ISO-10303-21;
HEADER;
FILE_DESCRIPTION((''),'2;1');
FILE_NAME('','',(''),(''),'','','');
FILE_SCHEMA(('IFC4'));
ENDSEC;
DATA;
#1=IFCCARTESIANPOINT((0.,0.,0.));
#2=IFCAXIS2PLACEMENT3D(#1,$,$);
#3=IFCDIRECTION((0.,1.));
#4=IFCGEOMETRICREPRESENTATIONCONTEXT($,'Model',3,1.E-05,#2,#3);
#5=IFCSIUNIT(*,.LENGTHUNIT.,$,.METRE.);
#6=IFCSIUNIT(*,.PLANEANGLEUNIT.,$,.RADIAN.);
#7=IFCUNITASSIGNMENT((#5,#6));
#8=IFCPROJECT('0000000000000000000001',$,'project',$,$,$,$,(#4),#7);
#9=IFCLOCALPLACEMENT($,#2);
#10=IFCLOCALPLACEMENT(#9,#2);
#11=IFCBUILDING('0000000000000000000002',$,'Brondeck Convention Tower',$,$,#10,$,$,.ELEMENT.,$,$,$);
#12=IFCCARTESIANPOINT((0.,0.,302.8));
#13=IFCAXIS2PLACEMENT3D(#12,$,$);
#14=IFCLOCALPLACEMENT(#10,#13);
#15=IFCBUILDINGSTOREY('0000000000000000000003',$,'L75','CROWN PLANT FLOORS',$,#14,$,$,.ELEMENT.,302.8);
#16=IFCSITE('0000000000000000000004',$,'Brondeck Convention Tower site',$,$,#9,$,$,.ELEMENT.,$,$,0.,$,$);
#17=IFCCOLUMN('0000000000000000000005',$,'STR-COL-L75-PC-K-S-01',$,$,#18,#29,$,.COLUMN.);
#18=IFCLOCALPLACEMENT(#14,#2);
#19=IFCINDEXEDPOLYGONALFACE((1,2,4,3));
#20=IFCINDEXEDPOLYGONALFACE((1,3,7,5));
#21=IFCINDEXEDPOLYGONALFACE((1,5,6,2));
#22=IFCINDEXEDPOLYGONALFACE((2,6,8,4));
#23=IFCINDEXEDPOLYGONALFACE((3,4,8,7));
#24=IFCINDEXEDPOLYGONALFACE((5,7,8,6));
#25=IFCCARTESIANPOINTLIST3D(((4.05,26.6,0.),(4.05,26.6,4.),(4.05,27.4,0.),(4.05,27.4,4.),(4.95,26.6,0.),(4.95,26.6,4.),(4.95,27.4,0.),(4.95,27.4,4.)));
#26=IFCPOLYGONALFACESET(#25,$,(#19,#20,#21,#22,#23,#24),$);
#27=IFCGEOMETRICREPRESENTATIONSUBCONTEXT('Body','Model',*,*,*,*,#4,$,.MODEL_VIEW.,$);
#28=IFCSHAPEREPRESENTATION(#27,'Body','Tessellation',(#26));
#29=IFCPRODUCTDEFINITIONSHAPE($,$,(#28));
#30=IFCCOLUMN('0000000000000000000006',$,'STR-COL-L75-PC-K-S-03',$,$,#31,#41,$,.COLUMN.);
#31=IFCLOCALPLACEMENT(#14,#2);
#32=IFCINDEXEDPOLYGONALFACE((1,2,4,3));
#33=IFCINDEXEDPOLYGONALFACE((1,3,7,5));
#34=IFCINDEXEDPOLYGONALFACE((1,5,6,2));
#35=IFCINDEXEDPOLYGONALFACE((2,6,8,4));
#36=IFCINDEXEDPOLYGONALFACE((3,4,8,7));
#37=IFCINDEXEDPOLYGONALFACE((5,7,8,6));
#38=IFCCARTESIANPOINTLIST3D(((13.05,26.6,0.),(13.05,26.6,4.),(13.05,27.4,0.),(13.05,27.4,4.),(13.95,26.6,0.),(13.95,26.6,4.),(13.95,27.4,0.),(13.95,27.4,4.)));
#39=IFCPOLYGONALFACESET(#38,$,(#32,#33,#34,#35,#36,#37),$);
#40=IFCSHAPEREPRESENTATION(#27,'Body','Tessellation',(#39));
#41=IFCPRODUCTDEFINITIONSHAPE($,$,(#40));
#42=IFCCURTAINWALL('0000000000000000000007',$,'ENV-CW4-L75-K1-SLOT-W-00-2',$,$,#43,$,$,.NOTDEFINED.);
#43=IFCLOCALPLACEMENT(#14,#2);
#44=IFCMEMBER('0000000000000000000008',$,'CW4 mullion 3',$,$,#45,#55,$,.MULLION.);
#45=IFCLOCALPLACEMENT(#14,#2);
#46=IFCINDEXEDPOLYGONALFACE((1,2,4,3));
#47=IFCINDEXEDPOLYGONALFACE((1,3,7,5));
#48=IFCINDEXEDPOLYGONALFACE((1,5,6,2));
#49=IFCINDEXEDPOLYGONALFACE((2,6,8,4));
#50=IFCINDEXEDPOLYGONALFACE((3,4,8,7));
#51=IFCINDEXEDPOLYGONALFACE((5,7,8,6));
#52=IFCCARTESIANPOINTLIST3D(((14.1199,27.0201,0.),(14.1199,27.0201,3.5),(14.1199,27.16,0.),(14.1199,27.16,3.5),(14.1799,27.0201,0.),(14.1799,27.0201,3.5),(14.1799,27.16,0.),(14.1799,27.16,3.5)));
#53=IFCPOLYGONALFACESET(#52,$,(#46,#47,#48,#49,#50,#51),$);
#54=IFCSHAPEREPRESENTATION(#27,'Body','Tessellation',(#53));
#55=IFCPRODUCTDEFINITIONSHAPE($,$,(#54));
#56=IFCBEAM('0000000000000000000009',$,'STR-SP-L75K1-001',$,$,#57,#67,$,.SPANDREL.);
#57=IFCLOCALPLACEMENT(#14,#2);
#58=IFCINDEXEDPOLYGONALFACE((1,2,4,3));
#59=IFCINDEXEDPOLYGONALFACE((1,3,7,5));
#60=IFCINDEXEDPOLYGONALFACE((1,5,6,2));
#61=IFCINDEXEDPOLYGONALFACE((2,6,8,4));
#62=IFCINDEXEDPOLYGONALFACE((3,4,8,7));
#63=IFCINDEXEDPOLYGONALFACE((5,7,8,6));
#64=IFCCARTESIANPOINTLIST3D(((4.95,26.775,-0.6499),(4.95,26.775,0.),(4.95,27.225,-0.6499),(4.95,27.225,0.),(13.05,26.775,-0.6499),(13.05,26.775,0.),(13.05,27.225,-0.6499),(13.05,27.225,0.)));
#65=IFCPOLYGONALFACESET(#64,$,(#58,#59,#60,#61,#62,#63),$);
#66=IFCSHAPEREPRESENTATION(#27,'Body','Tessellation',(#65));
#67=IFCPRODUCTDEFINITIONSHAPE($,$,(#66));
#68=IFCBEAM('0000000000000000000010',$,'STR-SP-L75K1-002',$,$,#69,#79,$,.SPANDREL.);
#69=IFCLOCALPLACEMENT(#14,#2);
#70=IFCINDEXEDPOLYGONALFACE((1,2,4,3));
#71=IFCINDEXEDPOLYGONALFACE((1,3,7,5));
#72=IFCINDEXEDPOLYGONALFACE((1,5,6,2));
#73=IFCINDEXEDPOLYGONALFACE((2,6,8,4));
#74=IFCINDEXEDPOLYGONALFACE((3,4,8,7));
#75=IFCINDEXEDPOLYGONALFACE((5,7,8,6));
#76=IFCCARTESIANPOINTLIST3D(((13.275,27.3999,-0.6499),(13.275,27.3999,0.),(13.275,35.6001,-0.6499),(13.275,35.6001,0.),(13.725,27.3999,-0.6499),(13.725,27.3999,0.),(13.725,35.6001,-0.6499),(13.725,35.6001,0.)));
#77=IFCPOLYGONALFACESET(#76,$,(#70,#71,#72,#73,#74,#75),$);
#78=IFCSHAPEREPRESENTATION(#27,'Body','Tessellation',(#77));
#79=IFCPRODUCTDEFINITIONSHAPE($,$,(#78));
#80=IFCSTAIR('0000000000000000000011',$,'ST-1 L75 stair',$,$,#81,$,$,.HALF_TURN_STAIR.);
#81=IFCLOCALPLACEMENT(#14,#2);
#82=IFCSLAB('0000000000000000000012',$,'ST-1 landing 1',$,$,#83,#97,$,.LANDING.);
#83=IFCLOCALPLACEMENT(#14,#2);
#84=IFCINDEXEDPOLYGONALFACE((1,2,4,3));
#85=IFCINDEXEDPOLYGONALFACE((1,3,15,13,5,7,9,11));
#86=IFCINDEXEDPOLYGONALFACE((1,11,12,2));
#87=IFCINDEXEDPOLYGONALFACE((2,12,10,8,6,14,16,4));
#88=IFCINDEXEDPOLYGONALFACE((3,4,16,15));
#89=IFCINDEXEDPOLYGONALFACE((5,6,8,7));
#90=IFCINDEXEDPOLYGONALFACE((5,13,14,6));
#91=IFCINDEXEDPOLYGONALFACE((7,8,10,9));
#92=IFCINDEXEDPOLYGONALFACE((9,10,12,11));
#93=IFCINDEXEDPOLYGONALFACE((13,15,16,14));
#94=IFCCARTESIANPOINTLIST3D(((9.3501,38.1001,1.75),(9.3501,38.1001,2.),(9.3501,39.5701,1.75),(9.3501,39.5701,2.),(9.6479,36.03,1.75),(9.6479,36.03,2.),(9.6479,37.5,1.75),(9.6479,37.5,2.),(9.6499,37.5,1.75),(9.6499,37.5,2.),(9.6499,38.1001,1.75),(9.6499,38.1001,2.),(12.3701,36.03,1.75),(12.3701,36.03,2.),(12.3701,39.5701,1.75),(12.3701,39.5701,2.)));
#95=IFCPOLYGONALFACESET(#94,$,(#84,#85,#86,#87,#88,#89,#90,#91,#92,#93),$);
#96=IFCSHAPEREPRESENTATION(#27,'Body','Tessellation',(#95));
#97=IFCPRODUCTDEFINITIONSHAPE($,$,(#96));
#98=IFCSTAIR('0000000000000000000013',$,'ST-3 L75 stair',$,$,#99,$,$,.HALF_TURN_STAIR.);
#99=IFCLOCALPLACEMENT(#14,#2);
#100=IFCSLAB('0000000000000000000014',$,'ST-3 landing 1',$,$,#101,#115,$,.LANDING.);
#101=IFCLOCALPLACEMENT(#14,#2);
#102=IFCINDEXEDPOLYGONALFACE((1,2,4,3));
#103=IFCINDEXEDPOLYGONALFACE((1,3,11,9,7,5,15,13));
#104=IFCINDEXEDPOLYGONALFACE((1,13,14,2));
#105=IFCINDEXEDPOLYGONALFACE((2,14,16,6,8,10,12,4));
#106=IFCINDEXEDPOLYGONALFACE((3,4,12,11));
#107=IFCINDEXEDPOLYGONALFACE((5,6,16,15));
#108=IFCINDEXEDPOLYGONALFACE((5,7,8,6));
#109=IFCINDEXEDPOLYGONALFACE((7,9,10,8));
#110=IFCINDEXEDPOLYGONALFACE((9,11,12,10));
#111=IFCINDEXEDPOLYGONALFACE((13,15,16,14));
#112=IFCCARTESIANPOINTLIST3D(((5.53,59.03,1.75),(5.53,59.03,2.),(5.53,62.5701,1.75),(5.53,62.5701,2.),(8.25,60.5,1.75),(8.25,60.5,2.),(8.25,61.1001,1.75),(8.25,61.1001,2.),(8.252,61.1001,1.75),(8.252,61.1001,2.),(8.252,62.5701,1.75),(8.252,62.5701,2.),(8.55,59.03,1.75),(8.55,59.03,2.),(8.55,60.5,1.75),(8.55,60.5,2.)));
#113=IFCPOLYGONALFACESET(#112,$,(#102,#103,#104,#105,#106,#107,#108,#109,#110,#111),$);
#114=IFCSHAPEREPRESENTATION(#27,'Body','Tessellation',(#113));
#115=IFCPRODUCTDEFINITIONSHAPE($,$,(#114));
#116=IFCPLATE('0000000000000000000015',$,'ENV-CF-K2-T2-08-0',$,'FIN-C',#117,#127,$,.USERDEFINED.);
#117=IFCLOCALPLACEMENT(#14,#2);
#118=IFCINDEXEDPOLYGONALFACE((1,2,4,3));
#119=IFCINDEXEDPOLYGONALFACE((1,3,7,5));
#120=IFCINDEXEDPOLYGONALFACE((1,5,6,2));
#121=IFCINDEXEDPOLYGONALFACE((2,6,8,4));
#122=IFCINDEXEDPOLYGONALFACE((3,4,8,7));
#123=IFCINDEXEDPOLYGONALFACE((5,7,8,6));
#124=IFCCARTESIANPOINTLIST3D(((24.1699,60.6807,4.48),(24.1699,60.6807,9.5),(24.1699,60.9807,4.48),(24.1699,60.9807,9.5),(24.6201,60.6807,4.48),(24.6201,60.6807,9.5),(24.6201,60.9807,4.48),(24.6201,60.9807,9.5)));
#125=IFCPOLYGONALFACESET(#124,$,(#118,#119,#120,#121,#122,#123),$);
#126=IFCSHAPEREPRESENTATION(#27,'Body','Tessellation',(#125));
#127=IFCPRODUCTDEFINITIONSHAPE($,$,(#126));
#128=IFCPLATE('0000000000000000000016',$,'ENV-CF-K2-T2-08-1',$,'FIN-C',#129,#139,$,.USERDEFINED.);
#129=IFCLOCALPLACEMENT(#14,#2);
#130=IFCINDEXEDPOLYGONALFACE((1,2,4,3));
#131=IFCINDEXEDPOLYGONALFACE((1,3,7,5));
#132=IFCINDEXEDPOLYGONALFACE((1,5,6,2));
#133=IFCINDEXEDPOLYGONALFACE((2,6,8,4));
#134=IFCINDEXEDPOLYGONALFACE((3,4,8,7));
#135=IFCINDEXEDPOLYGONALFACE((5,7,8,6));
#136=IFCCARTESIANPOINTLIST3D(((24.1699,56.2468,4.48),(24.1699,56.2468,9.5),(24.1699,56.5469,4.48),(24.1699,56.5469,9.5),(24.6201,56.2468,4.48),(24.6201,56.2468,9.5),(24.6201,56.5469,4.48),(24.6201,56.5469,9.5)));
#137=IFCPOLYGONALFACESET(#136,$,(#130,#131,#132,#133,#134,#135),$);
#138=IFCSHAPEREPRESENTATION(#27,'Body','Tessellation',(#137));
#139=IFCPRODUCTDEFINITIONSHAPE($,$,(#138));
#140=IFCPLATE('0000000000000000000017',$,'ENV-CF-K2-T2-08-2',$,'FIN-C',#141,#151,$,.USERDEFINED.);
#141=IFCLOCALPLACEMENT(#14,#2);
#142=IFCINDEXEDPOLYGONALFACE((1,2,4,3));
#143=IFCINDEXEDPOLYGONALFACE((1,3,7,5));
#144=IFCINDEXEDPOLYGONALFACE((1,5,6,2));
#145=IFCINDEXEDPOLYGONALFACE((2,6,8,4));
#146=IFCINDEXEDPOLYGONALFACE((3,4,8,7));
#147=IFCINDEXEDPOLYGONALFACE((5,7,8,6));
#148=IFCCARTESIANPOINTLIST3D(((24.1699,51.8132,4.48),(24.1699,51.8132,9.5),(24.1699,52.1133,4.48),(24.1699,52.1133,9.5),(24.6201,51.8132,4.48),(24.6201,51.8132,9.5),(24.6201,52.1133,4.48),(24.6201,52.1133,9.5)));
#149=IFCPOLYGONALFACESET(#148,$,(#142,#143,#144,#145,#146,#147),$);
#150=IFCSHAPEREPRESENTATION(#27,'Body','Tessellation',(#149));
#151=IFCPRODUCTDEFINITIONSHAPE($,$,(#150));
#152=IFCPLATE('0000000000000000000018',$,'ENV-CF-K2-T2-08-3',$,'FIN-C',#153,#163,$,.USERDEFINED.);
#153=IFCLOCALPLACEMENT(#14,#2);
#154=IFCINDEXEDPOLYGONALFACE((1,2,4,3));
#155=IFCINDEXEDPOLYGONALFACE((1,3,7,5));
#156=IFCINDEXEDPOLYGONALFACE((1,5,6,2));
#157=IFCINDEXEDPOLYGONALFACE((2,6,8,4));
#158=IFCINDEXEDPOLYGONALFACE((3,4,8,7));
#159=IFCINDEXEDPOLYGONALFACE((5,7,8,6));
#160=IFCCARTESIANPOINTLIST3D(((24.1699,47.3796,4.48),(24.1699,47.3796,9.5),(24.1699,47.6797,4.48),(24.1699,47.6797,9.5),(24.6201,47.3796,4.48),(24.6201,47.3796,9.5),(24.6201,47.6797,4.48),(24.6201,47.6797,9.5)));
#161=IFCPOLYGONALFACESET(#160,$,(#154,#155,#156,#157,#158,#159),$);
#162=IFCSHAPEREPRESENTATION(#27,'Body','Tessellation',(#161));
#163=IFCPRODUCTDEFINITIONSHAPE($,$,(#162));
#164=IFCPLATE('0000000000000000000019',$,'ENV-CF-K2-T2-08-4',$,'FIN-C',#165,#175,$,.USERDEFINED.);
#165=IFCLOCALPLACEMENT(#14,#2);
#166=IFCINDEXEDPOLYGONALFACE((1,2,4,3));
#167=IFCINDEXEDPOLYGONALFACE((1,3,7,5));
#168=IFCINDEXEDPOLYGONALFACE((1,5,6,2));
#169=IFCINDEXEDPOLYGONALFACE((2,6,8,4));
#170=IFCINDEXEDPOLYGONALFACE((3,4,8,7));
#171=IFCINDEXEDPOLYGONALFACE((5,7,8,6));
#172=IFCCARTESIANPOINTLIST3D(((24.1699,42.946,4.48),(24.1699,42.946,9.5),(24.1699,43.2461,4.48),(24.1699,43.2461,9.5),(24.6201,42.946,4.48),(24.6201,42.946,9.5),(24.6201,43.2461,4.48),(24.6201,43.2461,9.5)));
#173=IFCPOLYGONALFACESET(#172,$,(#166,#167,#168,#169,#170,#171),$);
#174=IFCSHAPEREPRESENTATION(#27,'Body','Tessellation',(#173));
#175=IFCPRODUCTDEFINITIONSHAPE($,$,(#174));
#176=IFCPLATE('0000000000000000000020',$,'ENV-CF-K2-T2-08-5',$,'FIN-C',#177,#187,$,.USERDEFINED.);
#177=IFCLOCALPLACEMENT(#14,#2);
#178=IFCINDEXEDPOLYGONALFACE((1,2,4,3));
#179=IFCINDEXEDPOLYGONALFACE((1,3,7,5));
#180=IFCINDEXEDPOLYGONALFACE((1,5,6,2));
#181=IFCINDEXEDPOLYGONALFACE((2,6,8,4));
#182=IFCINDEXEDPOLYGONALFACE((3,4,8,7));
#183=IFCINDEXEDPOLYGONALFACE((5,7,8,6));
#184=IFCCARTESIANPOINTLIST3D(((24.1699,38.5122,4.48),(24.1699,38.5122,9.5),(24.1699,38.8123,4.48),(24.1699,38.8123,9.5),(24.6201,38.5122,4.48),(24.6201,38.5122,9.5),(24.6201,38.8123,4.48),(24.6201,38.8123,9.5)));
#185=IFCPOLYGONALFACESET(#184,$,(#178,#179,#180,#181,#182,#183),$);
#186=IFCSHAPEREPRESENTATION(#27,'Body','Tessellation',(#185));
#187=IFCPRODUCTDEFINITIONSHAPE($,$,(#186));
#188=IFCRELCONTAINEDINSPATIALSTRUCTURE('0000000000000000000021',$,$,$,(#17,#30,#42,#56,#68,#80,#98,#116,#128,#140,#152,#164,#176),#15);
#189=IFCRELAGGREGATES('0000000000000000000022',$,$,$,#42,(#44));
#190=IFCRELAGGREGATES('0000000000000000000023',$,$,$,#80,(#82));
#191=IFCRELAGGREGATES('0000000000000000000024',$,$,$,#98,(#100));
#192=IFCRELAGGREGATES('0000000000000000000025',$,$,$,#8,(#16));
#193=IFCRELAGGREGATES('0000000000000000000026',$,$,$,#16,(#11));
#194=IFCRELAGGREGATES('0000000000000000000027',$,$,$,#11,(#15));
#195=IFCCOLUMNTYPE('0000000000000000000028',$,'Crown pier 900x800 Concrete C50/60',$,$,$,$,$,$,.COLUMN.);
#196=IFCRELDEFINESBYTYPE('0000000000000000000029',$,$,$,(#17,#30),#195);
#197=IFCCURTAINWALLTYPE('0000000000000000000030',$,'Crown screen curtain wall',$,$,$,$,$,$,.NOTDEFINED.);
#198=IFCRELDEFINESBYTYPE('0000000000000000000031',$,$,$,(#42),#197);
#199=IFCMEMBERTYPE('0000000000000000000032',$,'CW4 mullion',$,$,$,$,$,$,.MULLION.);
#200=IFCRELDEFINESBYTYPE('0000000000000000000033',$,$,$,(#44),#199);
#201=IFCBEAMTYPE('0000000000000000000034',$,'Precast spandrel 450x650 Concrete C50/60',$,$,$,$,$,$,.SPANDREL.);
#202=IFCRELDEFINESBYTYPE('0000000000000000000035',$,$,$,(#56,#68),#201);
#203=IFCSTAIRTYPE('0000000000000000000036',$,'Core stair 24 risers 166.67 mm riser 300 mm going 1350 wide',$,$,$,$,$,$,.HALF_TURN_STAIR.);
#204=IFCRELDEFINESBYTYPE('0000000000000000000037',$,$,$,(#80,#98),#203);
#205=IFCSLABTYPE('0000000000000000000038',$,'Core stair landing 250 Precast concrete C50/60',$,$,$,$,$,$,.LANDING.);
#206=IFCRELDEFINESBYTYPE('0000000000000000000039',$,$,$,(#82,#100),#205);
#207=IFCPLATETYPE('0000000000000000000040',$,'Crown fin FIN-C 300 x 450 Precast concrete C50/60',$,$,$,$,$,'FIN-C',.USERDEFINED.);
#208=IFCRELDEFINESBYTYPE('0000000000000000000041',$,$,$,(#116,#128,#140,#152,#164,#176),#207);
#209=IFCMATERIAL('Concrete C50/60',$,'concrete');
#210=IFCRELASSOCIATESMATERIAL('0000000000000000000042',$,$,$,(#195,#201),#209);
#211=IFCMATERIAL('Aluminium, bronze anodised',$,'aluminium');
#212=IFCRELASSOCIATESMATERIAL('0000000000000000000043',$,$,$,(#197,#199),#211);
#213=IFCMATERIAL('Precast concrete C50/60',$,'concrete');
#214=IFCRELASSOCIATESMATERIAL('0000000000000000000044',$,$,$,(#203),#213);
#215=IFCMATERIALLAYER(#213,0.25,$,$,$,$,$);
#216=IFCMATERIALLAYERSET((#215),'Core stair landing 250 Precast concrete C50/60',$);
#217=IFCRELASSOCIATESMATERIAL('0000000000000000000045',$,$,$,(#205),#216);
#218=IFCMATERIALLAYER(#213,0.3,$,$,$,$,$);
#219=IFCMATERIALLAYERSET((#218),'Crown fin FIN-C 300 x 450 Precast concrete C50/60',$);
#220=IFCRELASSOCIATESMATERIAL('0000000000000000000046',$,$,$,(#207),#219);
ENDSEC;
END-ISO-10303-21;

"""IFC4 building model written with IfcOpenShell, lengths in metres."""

from ifc_helpers import new_model, si_unit, direction, frame, origin, origin_2d, place, context, subcontext, project, spatial, polyline, rectangle, outline, extrude, material, layer, layer_set, material_profile, profile_set, type_object, element, aggregate, save


model = new_model("IFC4")

# Units and contexts
model_context = context("Model", 3, precision=1e-05, world=origin(), true_north=direction((0.0, 1.0)))
body_context = subcontext(model_context, "Body", "Model", "MODEL_VIEW")
ifc_project = project(units=[si_unit("LENGTHUNIT", "METRE"), si_unit("PLANEANGLEUNIT", "RADIAN")], contexts=[model_context])

# Site, building, storey
site_placement = place(None, origin())
site = spatial("IfcSite", under=ifc_project, at=site_placement, Name="Brondeck Convention Tower site", CompositionType="ELEMENT", RefElevation=0.0)
building_placement = place(site_placement, origin())
building = spatial("IfcBuilding", under=site, at=building_placement, Name="Brondeck Convention Tower", CompositionType="ELEMENT")
storey_placement = place(building_placement, frame((0.0, 0.0, 302.8)))
storey = spatial("IfcBuildingStorey", under=building, at=storey_placement, Name="L75", Description="CROWN PLANT FLOORS", CompositionType="ELEMENT", Elevation=302.8)

# Columns
ifc_material_1 = material(Name="Concrete C50/60", Category="concrete")
ifc_material_profile_1 = material_profile(ifc_material_1, rectangle(XDim=0.8999, YDim=0.8, at=origin_2d()), Name="Crown pier 900x800 Concrete C50/60")
ifc_profile_set_1 = profile_set([ifc_material_profile_1], Name="Concrete C50/60")
column_type = type_object("IfcColumnType", Name="Crown pier 900x800 Concrete C50/60", PredefinedType="COLUMN", material=ifc_profile_set_1)
for number, where, z_axis, x_axis, name in (
    (1, (4.5, 27.0, 0.0), (0.0, 0.0, 1.0), (1.0, 0.0, 0.0), "STR-COL-L75-PC-K-S-01"),
    (2, (13.5, 27.0, 0.0), (0.0, 0.0, 1.0), (1.0, 0.0, 0.0), "STR-COL-L75-PC-K-S-03"),
):
    element("IfcColumn", number, at=place(storey_placement, frame(where, z_axis=z_axis, x_axis=x_axis)), inside=storey, type_object=column_type, Name=name, PredefinedType="COLUMN", context=body_context, shape_type="SweptSolid", body=[
        extrude(rectangle(XDim=0.8999, YDim=0.8, at=origin_2d()), origin(), (0.0, 0.0, 1.0), 4.0),
    ])

# Curtain wall, member
ifc_material_2 = material(Name="Aluminium, bronze anodised", Category="aluminium")
curtain_wall_type = type_object("IfcCurtainWallType", Name="Crown screen curtain wall", PredefinedType="NOTDEFINED", material=ifc_material_2)
curtain_wall_placement = place(storey_placement, origin())
curtain_wall = element("IfcCurtainWall", 3, at=curtain_wall_placement, inside=storey, type_object=curtain_wall_type, Name="ENV-CW4-L75-K1-SLOT-W-00-2", PredefinedType="NOTDEFINED")
ifc_material_profile_2 = material_profile(ifc_material_2, rectangle(XDim=0.0601, YDim=0.1399, at=origin_2d()), Name="CW4 mullion")
ifc_profile_set_2 = profile_set([ifc_material_profile_2], Name="Aluminium, bronze anodised")
member_type = type_object("IfcMemberType", Name="CW4 mullion", PredefinedType="MULLION", material=ifc_profile_set_2)
member_placement = place(storey_placement, frame((14.1499, 27.0901, 0.0), z_axis=(0.0, 0.0, 1.0), x_axis=(1.0, 0.0, 0.0)))
member = element("IfcMember", 4, at=member_placement, type_object=member_type, Name="CW4 mullion 3", PredefinedType="MULLION", context=body_context, shape_type="SweptSolid", body=[
    extrude(rectangle(XDim=0.0601, YDim=0.1399, at=origin_2d()), origin(), (0.0, 0.0, 1.0), 3.5),
])
aggregate(curtain_wall, [member])

# Beams
ifc_material_profile_3 = material_profile(ifc_material_1, rectangle(XDim=0.45, YDim=0.6499, at=origin_2d()), Name="Precast spandrel 450x650 Concrete C50/60")
ifc_profile_set_3 = profile_set([ifc_material_profile_3], Name="Concrete C50/60")
beam_type = type_object("IfcBeamType", Name="Precast spandrel 450x650 Concrete C50/60", PredefinedType="SPANDREL", material=ifc_profile_set_3)
beam_1_placement = place(storey_placement, frame((4.95, 27.0, -0.325), z_axis=(1.0, 0.0, 0.0), x_axis=(0.0, 1.0, 0.0)))
element("IfcBeam", 5, at=beam_1_placement, inside=storey, type_object=beam_type, Name="STR-SP-L75K1-001", PredefinedType="SPANDREL", context=body_context, shape_type="SweptSolid", body=[
    extrude(rectangle(XDim=0.45, YDim=0.6499, at=origin_2d()), origin(), (0.0, 0.0, 1.0), 8.1001),
])
beam_2_placement = place(storey_placement, frame((13.5, 27.3999, -0.325), z_axis=(0.0, 1.0, 0.0), x_axis=(-1.0, 0.0, 0.0)))
element("IfcBeam", 6, at=beam_2_placement, inside=storey, type_object=beam_type, Name="STR-SP-L75K1-002", PredefinedType="SPANDREL", context=body_context, shape_type="SweptSolid", body=[
    extrude(rectangle(XDim=0.45, YDim=0.6499, at=origin_2d()), origin(), (0.0, 0.0, 1.0), 8.2002),
])

# Stairs, slabs
ifc_material_3 = material(Name="Precast concrete C50/60", Category="concrete")
stair_type = type_object("IfcStairType", Name="Core stair 24 risers 166.67 mm riser 300 mm going 1350 wide", PredefinedType="HALF_TURN_STAIR", material=ifc_material_3)
stair_1_placement = place(storey_placement, origin())
stair_1 = element("IfcStair", 7, at=stair_1_placement, inside=storey, type_object=stair_type, Name="ST-1 L75 stair", PredefinedType="HALF_TURN_STAIR")
ifc_layer_1 = layer(ifc_material_3, 0.25)
ifc_layer_set_1 = layer_set([ifc_layer_1], Name="Core stair landing 250 Precast concrete C50/60")
slab_type = type_object("IfcSlabType", Name="Core stair landing 250 Precast concrete C50/60", PredefinedType="LANDING", material=ifc_layer_set_1)
slab_1_placement = place(storey_placement, frame((0.0, 0.0, 1.75)))
slab_1 = element("IfcSlab", 8, at=slab_1_placement, type_object=slab_type, Name="ST-1 landing 1", PredefinedType="LANDING", context=body_context, shape_type="SweptSolid", body=[
    extrude(outline(polyline([(9.6479, 37.5), (9.6499, 37.5), (9.6499, 38.1001), (9.3501, 38.1001), (9.3501, 39.5701), (12.3701, 39.5701), (12.3701, 36.03), (9.6479, 36.03), (9.6479, 37.5)])), origin(), (0.0, 0.0, 1.0), 0.25),
])
aggregate(stair_1, [slab_1])
stair_2_placement = place(storey_placement, origin())
stair_2 = element("IfcStair", 9, at=stair_2_placement, inside=storey, type_object=stair_type, Name="ST-3 L75 stair", PredefinedType="HALF_TURN_STAIR")
slab_2_placement = place(storey_placement, frame((0.0, 0.0, 1.75)))
slab_2 = element("IfcSlab", 10, at=slab_2_placement, type_object=slab_type, Name="ST-3 landing 1", PredefinedType="LANDING", context=body_context, shape_type="SweptSolid", body=[
    extrude(outline(polyline([(8.55, 60.5), (8.55, 59.03), (5.53, 59.03), (5.53, 62.5701), (8.252, 62.5701), (8.252, 61.1001), (8.25, 61.1001), (8.25, 60.5), (8.55, 60.5)])), origin(), (0.0, 0.0, 1.0), 0.25),
])
aggregate(stair_2, [slab_2])

# Plates
ifc_layer_2 = layer(ifc_material_3, 0.3)
ifc_layer_set_2 = layer_set([ifc_layer_2], Name="Crown fin FIN-C 300 x 450 Precast concrete C50/60")
plate_type = type_object("IfcPlateType", Name="Crown fin FIN-C 300 x 450 Precast concrete C50/60", ElementType="FIN-C", PredefinedType="USERDEFINED", material=ifc_layer_set_2)
plate_1_placement = place(storey_placement, frame((0.0, 0.0, 4.48)))
element("IfcPlate", 11, at=plate_1_placement, inside=storey, type_object=plate_type, Name="ENV-CF-K2-T2-08-0", ObjectType="FIN-C", PredefinedType="USERDEFINED", context=body_context, shape_type="SweptSolid", body=[
    extrude(outline(polyline([(24.6201, 60.6807), (24.6201, 60.9807), (24.1699, 60.9807), (24.1699, 60.6807), (24.6201, 60.6807)])), origin(), (0.0, 0.0, 1.0), 5.02),
])
plate_2_placement = place(storey_placement, frame((0.0, 0.0, 4.48)))
element("IfcPlate", 12, at=plate_2_placement, inside=storey, type_object=plate_type, Name="ENV-CF-K2-T2-08-1", ObjectType="FIN-C", PredefinedType="USERDEFINED", context=body_context, shape_type="SweptSolid", body=[
    extrude(outline(polyline([(24.6201, 56.2468), (24.6201, 56.5469), (24.1699, 56.5469), (24.1699, 56.2468), (24.6201, 56.2468)])), origin(), (0.0, 0.0, 1.0), 5.02),
])
plate_3_placement = place(storey_placement, frame((0.0, 0.0, 4.48)))
element("IfcPlate", 13, at=plate_3_placement, inside=storey, type_object=plate_type, Name="ENV-CF-K2-T2-08-2", ObjectType="FIN-C", PredefinedType="USERDEFINED", context=body_context, shape_type="SweptSolid", body=[
    extrude(outline(polyline([(24.6201, 51.8132), (24.6201, 52.1133), (24.1699, 52.1133), (24.1699, 51.8132), (24.6201, 51.8132)])), origin(), (0.0, 0.0, 1.0), 5.02),
])
plate_4_placement = place(storey_placement, frame((0.0, 0.0, 4.48)))
element("IfcPlate", 14, at=plate_4_placement, inside=storey, type_object=plate_type, Name="ENV-CF-K2-T2-08-3", ObjectType="FIN-C", PredefinedType="USERDEFINED", context=body_context, shape_type="SweptSolid", body=[
    extrude(outline(polyline([(24.6201, 47.3796), (24.6201, 47.6797), (24.1699, 47.6797), (24.1699, 47.3796), (24.6201, 47.3796)])), origin(), (0.0, 0.0, 1.0), 5.02),
])
plate_5_placement = place(storey_placement, frame((0.0, 0.0, 4.48)))
element("IfcPlate", 15, at=plate_5_placement, inside=storey, type_object=plate_type, Name="ENV-CF-K2-T2-08-4", ObjectType="FIN-C", PredefinedType="USERDEFINED", context=body_context, shape_type="SweptSolid", body=[
    extrude(outline(polyline([(24.6201, 42.946), (24.6201, 43.2461), (24.1699, 43.2461), (24.1699, 42.946), (24.6201, 42.946)])), origin(), (0.0, 0.0, 1.0), 5.02),
])
plate_6_placement = place(storey_placement, frame((0.0, 0.0, 4.48)))
element("IfcPlate", 16, at=plate_6_placement, inside=storey, type_object=plate_type, Name="ENV-CF-K2-T2-08-5", ObjectType="FIN-C", PredefinedType="USERDEFINED", context=body_context, shape_type="SweptSolid", body=[
    extrude(outline(polyline([(24.6201, 38.5122), (24.6201, 38.8123), (24.1699, 38.8123), (24.1699, 38.5122), (24.6201, 38.5122)])), origin(), (0.0, 0.0, 1.0), 5.02),
])

save(model, "model.ifc")
